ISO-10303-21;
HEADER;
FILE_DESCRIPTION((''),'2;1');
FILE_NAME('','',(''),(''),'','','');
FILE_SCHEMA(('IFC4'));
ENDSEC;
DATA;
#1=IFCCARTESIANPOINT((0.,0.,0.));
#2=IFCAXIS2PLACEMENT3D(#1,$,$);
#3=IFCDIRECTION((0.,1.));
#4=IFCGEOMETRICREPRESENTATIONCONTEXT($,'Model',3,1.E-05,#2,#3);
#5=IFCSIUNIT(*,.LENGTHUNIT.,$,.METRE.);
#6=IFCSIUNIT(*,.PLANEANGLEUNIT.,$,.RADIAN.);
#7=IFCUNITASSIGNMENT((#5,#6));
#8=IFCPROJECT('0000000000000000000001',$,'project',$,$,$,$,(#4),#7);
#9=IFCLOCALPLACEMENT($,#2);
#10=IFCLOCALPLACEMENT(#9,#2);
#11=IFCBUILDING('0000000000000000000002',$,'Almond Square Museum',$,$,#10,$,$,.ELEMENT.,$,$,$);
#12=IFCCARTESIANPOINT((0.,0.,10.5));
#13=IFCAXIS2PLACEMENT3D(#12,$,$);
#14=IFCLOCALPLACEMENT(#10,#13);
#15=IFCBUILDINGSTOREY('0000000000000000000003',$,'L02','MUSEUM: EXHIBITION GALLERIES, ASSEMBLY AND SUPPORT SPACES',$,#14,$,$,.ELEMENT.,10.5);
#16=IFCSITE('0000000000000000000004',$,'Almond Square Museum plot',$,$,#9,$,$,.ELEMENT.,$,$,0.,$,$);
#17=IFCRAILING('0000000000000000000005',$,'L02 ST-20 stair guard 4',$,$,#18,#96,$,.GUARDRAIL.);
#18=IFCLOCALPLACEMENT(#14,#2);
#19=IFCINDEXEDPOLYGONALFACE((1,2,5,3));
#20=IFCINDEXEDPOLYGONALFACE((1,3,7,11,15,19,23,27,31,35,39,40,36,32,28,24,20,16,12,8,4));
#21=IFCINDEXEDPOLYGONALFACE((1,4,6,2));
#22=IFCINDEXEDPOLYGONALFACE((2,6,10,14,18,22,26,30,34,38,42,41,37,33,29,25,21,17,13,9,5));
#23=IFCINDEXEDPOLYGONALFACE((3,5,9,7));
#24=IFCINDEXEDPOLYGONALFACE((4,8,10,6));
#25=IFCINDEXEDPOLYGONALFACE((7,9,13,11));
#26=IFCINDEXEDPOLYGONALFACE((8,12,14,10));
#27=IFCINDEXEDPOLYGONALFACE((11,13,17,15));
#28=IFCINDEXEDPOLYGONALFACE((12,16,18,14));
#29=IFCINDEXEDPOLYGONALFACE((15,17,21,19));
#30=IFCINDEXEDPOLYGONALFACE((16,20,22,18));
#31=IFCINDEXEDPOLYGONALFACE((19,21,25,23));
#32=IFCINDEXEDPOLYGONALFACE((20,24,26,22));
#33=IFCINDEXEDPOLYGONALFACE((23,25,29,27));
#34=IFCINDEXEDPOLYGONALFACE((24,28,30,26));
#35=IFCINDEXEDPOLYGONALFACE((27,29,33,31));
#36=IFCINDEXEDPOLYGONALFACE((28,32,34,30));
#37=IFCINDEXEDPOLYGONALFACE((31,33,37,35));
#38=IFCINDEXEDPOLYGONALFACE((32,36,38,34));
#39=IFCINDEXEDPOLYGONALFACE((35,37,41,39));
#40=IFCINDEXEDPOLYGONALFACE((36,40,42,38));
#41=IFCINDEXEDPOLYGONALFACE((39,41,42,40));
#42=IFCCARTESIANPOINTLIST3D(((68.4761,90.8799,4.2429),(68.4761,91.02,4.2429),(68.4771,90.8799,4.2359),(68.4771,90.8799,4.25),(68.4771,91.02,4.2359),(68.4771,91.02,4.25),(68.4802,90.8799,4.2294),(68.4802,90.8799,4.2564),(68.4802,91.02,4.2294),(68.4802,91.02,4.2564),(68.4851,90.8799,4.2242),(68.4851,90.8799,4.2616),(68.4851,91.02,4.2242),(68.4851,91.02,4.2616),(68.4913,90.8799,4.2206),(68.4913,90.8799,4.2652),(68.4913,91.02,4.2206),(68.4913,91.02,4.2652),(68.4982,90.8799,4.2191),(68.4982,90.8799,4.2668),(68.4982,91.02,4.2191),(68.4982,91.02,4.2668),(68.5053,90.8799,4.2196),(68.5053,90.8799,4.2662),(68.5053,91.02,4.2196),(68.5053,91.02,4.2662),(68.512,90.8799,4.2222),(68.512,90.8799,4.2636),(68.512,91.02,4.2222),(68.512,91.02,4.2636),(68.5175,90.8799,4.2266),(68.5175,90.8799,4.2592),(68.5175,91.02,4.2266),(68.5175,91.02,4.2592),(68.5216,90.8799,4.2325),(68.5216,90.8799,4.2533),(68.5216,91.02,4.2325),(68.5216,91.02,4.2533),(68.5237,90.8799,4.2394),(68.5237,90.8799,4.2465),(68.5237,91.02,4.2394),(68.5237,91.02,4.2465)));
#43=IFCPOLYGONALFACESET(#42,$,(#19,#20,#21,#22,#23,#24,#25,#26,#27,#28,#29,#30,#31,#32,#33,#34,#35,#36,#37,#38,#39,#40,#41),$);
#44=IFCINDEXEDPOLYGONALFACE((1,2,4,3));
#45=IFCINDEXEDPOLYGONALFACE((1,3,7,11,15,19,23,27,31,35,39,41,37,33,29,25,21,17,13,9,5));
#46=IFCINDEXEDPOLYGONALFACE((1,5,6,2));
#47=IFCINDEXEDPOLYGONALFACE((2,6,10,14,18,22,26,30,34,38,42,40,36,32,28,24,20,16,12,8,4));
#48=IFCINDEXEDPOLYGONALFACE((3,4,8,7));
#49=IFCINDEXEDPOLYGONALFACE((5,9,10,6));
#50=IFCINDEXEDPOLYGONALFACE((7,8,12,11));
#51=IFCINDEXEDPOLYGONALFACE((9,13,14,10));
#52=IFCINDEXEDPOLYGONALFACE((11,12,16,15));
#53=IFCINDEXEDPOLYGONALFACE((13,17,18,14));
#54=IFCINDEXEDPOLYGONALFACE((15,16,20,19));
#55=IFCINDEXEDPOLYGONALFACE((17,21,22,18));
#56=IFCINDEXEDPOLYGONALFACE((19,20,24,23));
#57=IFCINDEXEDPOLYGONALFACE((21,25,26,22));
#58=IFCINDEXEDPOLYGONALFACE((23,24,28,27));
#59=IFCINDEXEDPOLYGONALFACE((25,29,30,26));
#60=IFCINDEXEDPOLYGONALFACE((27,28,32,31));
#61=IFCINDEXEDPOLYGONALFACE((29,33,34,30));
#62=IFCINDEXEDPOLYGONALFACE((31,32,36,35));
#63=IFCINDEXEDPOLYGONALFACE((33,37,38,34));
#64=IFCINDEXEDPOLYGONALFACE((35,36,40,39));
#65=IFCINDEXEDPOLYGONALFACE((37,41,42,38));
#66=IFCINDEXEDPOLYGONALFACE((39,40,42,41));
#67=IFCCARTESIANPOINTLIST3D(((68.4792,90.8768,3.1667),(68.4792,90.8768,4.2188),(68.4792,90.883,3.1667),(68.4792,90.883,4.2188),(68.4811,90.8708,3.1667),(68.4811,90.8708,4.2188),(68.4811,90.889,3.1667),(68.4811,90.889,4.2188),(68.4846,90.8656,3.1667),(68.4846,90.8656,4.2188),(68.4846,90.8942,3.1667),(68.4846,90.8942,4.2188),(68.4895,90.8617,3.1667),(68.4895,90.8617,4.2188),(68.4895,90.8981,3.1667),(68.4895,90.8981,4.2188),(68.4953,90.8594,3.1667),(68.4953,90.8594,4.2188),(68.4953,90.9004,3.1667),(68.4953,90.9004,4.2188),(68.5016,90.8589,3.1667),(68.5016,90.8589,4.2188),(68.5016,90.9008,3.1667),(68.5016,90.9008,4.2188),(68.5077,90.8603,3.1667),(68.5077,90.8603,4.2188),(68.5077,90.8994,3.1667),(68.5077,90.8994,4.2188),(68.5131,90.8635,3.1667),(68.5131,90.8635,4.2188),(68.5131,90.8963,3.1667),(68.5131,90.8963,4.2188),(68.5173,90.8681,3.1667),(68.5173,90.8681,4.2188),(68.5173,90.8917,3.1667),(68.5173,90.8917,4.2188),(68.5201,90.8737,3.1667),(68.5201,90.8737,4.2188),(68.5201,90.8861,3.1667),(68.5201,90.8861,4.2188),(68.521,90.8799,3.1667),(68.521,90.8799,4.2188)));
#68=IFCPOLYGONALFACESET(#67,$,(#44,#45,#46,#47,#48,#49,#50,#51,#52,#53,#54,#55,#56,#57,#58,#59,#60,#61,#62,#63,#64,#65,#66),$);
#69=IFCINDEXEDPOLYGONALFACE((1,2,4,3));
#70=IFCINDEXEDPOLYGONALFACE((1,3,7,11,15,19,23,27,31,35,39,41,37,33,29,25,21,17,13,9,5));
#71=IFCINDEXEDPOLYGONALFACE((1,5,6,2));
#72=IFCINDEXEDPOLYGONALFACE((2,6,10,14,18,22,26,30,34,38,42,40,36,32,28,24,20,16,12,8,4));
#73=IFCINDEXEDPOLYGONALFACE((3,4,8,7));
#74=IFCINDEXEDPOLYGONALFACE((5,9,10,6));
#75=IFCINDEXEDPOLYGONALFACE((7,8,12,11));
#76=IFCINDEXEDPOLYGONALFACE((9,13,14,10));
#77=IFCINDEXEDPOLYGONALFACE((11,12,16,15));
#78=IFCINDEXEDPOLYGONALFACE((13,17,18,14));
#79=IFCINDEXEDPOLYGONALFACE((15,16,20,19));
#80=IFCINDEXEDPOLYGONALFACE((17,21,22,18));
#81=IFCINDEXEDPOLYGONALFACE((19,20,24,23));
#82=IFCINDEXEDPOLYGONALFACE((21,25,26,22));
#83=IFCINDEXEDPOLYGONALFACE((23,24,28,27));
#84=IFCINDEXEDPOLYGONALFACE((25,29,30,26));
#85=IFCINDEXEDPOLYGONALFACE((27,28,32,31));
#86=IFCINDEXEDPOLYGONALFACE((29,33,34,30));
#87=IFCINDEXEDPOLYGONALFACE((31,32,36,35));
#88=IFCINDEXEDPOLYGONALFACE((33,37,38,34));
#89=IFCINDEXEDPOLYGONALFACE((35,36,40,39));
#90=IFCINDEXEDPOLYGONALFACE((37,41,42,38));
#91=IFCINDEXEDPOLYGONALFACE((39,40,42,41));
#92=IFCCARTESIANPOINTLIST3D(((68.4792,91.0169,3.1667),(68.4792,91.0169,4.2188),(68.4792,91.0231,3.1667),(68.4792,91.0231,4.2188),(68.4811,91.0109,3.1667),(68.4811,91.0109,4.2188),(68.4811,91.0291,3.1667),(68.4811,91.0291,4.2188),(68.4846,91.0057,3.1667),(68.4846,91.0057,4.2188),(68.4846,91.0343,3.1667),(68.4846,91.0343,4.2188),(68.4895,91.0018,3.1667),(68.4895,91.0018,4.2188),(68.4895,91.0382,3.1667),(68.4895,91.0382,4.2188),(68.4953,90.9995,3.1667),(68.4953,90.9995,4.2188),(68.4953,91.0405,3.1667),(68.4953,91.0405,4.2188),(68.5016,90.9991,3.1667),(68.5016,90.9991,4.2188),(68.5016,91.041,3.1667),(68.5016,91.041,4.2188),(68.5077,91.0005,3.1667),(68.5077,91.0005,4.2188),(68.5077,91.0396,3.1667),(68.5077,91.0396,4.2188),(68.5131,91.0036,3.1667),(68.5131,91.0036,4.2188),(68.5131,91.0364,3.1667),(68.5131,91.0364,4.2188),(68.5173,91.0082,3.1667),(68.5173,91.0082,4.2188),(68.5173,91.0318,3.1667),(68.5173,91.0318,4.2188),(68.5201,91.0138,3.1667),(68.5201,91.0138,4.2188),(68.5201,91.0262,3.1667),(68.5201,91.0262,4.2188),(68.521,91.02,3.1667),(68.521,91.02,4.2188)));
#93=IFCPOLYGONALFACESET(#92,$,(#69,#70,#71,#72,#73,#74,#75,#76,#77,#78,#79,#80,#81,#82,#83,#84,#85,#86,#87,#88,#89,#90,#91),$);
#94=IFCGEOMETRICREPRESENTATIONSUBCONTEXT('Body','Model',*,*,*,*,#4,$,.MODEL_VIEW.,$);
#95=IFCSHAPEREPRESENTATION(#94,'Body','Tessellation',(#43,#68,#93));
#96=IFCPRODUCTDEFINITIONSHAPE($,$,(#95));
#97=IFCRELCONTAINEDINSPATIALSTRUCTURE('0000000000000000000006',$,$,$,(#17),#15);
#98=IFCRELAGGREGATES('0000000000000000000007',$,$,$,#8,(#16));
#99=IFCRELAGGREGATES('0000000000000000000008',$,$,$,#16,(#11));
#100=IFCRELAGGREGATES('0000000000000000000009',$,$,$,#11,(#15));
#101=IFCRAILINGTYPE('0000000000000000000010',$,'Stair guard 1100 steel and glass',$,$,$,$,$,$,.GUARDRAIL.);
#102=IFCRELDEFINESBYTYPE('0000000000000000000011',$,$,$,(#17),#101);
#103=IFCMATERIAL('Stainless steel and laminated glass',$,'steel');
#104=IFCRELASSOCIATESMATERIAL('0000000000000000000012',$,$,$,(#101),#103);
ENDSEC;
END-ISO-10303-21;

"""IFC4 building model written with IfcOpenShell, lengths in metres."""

from ifc_helpers import new_model, si_unit, direction, frame, origin, origin_2d, place, context, subcontext, project, spatial, circle, extrude, material, type_object, element, save


model = new_model("IFC4")

# Units and contexts
model_context = context("Model", 3, precision=1e-05, world=origin(), true_north=direction((0.0, 1.0)))
body_context = subcontext(model_context, "Body", "Model", "MODEL_VIEW")
ifc_project = project(units=[si_unit("LENGTHUNIT", "METRE"), si_unit("PLANEANGLEUNIT", "RADIAN")], contexts=[model_context])

# Site, building, storey
site_placement = place(None, origin())
site = spatial("IfcSite", under=ifc_project, at=site_placement, Name="Almond Square Museum plot", CompositionType="ELEMENT", RefElevation=0.0)
building_placement = place(site_placement, origin())
building = spatial("IfcBuilding", under=site, at=building_placement, Name="Almond Square Museum", CompositionType="ELEMENT")
storey_placement = place(building_placement, frame((0.0, 0.0, 10.5)))
storey = spatial("IfcBuildingStorey", under=building, at=storey_placement, Name="L02", Description="MUSEUM: EXHIBITION GALLERIES, ASSEMBLY AND SUPPORT SPACES", CompositionType="ELEMENT", Elevation=10.5)

# Railing
ifc_material_1 = material(Name="Stainless steel and laminated glass", Category="steel")
railing_type_1 = type_object("IfcRailingType", Name="Stair guard 1100 steel and glass", PredefinedType="GUARDRAIL", material=ifc_material_1)
railing_1_placement = place(storey_placement, frame((68.5, 90.8799, 3.1667)))
element("IfcRailing", 1, at=railing_1_placement, inside=storey, type_object=railing_type_1, Name="L02 ST-20 stair guard 4", PredefinedType="GUARDRAIL", context=body_context, shape_type="SweptSolid", body=[
    extrude(circle(Radius=0.0239, at=origin_2d()), frame((0.0, 0.0, 1.0762), z_axis=(0.0, 1.0, 0.0), x_axis=(-1.0, 0.0, 0.0)), (0.0, 0.0, 1.0), 0.1401),
    extrude(circle(Radius=0.021, at=origin_2d()), origin(), (0.0, 0.0, 1.0), 1.052),
    extrude(circle(Radius=0.021, at=origin_2d()), frame((0.0, 0.1401, 0.0)), (0.0, 0.0, 1.0), 1.052),
])

save(model, "model.ifc")
